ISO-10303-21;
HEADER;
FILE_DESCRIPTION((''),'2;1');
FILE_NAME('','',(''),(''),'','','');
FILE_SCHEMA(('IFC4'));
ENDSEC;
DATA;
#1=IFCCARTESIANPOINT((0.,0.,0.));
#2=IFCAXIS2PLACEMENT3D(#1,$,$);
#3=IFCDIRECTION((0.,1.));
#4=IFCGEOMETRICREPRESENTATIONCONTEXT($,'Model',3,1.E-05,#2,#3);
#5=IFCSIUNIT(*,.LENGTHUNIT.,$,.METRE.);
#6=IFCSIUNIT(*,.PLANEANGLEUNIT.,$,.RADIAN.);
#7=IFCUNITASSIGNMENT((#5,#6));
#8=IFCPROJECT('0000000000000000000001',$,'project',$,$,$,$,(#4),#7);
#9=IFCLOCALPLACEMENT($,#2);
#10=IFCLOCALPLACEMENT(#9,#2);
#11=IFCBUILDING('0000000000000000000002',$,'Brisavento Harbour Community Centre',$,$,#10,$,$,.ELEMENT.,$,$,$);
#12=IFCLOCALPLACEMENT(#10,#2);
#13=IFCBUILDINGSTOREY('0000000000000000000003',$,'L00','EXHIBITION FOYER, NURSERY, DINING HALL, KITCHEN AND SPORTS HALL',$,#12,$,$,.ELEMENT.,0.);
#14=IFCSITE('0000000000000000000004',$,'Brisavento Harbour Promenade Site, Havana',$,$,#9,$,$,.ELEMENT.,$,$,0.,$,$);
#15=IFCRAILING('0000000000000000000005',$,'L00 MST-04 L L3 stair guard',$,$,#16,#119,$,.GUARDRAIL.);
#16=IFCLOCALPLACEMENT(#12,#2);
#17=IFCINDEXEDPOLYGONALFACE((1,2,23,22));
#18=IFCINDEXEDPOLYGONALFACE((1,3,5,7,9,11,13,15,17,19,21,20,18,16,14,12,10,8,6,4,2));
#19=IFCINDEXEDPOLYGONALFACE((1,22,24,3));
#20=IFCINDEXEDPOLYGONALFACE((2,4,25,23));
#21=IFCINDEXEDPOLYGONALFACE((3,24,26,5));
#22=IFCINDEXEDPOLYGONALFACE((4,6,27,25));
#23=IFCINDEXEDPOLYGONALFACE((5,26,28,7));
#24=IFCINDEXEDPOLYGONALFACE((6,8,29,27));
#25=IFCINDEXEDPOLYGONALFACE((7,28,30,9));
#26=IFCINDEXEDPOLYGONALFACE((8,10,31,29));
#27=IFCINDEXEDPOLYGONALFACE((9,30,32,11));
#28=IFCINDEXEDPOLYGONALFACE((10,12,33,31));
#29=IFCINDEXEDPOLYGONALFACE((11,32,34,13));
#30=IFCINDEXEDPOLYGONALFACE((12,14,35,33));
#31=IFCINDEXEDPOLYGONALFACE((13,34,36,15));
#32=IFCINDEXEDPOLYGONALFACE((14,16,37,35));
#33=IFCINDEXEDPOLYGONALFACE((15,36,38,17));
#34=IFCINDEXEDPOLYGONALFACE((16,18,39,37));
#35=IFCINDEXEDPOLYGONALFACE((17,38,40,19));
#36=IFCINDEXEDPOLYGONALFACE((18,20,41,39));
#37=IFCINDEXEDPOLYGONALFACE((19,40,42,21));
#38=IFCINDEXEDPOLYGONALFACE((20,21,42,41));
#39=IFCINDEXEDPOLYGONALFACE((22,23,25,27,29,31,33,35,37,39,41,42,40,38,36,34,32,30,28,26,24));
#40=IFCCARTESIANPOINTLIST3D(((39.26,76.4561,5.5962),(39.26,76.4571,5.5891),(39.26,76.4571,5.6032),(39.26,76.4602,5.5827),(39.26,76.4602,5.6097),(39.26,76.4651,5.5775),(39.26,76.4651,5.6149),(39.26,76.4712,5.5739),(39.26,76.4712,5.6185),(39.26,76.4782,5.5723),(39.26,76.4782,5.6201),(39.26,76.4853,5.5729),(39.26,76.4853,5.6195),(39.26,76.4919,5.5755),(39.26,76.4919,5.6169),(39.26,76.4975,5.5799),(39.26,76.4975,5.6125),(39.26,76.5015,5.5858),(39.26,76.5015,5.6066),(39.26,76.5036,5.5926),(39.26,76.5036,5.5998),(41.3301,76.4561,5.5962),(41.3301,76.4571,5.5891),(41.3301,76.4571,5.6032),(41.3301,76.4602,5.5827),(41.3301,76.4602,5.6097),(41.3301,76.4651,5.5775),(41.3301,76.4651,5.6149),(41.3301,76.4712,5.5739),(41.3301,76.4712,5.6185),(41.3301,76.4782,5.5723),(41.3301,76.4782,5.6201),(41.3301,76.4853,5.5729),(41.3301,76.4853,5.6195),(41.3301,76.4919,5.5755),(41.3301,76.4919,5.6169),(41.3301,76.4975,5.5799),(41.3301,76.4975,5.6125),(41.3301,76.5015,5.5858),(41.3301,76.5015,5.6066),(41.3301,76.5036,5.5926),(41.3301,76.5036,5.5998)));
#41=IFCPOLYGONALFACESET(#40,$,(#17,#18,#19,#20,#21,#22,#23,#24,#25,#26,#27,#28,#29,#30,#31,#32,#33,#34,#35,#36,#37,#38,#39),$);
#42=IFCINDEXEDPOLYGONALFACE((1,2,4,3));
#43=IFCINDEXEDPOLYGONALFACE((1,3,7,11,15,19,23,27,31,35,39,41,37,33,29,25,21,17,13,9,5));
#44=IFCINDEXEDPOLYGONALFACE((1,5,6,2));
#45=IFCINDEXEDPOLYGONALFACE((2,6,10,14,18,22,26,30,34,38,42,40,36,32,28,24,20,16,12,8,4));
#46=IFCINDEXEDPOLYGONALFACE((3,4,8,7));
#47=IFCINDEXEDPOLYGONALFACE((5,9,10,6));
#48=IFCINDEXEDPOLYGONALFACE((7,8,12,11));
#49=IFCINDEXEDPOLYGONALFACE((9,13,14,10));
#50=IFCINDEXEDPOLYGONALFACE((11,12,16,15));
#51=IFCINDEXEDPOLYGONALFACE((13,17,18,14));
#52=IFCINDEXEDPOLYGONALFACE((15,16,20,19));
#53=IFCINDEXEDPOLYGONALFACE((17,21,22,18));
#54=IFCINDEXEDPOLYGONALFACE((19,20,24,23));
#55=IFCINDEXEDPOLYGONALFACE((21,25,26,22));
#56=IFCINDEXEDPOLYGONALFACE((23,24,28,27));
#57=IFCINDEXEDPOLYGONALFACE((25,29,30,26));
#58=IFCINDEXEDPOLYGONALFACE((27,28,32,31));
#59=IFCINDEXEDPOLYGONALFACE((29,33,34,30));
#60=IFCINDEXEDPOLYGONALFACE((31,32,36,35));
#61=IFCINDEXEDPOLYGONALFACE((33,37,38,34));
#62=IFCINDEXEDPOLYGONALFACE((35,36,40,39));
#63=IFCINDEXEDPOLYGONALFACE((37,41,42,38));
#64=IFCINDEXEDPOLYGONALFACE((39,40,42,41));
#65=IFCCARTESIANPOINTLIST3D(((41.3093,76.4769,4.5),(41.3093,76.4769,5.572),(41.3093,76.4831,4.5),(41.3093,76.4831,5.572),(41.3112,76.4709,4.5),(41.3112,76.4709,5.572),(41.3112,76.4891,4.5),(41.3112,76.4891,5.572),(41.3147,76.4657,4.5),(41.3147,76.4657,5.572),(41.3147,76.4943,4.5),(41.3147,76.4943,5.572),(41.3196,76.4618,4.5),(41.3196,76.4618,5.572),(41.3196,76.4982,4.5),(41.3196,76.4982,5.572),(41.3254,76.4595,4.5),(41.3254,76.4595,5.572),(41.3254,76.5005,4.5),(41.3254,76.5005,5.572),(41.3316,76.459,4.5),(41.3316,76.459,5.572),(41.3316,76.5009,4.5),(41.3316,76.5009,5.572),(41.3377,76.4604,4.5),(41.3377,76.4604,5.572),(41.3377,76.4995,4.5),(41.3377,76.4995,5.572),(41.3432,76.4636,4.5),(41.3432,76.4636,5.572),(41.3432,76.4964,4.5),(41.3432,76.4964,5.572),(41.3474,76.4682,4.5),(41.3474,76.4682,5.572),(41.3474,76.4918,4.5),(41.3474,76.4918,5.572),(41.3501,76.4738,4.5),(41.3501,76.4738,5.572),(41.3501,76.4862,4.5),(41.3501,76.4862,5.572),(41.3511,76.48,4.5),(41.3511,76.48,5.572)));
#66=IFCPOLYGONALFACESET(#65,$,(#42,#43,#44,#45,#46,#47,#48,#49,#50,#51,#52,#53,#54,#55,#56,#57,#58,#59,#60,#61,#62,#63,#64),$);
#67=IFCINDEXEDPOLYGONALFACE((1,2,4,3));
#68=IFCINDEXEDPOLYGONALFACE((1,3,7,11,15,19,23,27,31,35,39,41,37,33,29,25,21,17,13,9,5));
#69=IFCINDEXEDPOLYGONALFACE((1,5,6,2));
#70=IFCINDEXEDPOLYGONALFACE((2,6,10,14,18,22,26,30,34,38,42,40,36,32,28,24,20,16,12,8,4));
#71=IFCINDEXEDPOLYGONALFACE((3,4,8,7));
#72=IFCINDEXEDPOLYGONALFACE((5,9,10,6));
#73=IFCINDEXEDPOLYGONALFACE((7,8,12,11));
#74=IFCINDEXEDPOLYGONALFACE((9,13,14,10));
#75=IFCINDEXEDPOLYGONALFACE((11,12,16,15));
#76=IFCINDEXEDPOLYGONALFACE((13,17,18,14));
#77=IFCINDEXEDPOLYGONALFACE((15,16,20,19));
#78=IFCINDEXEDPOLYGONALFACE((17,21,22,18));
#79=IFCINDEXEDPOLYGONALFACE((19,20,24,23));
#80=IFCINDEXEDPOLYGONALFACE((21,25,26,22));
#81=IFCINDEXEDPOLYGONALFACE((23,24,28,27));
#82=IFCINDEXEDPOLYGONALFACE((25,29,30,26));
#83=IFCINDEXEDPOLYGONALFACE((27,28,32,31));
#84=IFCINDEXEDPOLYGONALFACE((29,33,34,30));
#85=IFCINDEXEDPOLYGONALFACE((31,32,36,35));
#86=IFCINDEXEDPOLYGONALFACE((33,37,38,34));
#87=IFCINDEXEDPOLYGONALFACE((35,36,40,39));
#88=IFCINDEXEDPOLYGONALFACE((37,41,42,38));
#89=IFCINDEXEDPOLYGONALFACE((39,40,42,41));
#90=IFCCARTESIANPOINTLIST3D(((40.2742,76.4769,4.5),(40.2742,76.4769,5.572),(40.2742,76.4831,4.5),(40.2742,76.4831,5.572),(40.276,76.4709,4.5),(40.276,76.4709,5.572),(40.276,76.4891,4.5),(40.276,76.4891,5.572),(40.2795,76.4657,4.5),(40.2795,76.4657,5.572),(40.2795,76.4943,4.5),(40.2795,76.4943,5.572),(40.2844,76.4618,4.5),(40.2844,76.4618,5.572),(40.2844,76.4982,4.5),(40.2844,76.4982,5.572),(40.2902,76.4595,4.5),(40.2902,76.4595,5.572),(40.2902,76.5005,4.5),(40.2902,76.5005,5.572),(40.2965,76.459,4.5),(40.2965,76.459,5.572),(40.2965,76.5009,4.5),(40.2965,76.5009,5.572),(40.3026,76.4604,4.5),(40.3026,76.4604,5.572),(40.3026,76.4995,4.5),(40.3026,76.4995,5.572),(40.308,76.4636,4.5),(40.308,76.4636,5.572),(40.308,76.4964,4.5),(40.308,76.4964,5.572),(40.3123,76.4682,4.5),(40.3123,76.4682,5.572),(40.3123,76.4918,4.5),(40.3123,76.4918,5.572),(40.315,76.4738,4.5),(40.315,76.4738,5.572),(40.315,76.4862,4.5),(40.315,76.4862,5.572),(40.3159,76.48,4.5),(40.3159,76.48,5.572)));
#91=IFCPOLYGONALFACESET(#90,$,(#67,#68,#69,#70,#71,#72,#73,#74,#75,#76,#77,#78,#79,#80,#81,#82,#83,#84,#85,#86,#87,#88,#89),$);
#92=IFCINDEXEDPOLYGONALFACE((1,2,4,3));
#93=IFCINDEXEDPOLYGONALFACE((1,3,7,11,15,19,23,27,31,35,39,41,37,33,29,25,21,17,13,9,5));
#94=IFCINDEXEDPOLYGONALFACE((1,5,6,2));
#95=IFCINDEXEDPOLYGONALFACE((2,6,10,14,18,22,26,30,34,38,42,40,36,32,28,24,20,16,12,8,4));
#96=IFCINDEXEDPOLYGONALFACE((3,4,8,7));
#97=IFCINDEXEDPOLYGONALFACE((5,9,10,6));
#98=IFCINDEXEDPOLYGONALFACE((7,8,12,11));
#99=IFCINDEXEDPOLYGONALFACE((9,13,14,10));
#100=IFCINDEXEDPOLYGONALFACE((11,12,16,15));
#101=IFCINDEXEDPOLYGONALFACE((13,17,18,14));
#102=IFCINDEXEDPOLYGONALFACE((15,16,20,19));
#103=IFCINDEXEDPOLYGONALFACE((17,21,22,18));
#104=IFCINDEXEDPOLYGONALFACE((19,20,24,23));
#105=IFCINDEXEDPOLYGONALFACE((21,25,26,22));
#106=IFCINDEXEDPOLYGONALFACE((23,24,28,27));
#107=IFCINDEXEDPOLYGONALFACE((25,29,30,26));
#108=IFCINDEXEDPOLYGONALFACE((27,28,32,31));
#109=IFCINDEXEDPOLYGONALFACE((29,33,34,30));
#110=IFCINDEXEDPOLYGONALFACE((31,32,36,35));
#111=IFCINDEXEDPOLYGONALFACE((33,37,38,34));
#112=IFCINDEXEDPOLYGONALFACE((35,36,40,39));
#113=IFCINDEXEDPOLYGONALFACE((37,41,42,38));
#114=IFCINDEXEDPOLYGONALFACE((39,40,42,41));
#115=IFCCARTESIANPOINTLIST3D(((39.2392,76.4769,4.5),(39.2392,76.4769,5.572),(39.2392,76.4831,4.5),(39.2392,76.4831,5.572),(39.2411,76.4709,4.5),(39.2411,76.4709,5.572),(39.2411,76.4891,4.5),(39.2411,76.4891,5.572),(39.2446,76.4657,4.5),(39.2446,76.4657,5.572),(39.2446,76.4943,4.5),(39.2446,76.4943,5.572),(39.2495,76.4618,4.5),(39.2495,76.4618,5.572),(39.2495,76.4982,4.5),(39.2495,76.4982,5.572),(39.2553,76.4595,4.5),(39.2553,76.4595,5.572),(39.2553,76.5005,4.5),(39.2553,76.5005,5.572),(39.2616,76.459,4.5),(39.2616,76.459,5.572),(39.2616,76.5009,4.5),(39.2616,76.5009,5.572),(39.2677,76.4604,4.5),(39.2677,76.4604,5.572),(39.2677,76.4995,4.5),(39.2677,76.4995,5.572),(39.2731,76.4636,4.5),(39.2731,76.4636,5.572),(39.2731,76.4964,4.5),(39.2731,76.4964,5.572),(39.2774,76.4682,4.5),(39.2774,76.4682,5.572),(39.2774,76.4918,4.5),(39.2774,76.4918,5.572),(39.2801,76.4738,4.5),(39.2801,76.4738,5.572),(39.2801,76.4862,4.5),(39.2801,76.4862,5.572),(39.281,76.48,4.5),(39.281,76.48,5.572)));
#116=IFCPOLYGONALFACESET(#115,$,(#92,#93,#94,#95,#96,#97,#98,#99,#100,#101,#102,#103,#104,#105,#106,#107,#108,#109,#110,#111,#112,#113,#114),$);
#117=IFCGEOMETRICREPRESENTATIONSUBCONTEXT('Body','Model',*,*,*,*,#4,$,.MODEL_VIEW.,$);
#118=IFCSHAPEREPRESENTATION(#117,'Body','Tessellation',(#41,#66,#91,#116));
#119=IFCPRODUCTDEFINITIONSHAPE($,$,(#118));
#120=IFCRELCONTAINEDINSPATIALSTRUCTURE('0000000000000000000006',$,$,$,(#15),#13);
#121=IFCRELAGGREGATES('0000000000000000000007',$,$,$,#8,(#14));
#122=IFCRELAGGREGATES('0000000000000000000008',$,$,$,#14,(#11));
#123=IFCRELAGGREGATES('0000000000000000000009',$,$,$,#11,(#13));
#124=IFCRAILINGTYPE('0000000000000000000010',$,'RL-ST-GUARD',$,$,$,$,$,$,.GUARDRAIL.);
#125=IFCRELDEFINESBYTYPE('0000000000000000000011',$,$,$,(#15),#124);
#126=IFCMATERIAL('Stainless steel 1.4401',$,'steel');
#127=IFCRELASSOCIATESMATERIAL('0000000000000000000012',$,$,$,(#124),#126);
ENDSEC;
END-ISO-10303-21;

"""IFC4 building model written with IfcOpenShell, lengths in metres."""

from ifc_helpers import new_model, si_unit, direction, frame, origin, origin_2d, place, context, subcontext, project, spatial, circle, extrude, material, type_object, element, save


model = new_model("IFC4")

# Units and contexts
model_context = context("Model", 3, precision=1e-05, world=origin(), true_north=direction((0.0, 1.0)))
body_context = subcontext(model_context, "Body", "Model", "MODEL_VIEW")
ifc_project = project(units=[si_unit("LENGTHUNIT", "METRE"), si_unit("PLANEANGLEUNIT", "RADIAN")], contexts=[model_context])

# Site, building, storey
site_placement = place(None, origin())
site = spatial("IfcSite", under=ifc_project, at=site_placement, Name="Brisavento Harbour Promenade Site, Havana", CompositionType="ELEMENT", RefElevation=0.0)
building_placement = place(site_placement, origin())
building = spatial("IfcBuilding", under=site, at=building_placement, Name="Brisavento Harbour Community Centre", CompositionType="ELEMENT")
storey_placement = place(building_placement, origin())
storey = spatial("IfcBuildingStorey", under=building, at=storey_placement, Name="L00", Description="EXHIBITION FOYER, NURSERY, DINING HALL, KITCHEN AND SPORTS HALL", CompositionType="ELEMENT", Elevation=0.0)

# Railing
ifc_material_1 = material(Name="Stainless steel 1.4401", Category="steel")
railing_type = type_object("IfcRailingType", Name="RL-ST-GUARD", PredefinedType="GUARDRAIL", material=ifc_material_1)
railing_1_placement = place(storey_placement, frame((41.3301, 76.48, 4.5)))
element("IfcRailing", 1, at=railing_1_placement, inside=storey, type_object=railing_type, Name="L00 MST-04 L L3 stair guard", PredefinedType="GUARDRAIL", context=body_context, shape_type="SweptSolid", body=[
    extrude(circle(Radius=0.0239, at=origin_2d()), frame((0.0, 0.0, 1.0962), z_axis=(-1.0, 0.0, 0.0), x_axis=(0.0, -1.0, 0.0)), (0.0, 0.0, 1.0), 2.0701),
    extrude(circle(Radius=0.021, at=origin_2d()), origin(), (0.0, 0.0, 1.0), 1.072),
    extrude(circle(Radius=0.021, at=origin_2d()), frame((-1.0352, 0.0, 0.0)), (0.0, 0.0, 1.0), 1.072),
    extrude(circle(Radius=0.021, at=origin_2d()), frame((-2.0701, 0.0, 0.0)), (0.0, 0.0, 1.0), 1.072),
])

save(model, "model.ifc")
